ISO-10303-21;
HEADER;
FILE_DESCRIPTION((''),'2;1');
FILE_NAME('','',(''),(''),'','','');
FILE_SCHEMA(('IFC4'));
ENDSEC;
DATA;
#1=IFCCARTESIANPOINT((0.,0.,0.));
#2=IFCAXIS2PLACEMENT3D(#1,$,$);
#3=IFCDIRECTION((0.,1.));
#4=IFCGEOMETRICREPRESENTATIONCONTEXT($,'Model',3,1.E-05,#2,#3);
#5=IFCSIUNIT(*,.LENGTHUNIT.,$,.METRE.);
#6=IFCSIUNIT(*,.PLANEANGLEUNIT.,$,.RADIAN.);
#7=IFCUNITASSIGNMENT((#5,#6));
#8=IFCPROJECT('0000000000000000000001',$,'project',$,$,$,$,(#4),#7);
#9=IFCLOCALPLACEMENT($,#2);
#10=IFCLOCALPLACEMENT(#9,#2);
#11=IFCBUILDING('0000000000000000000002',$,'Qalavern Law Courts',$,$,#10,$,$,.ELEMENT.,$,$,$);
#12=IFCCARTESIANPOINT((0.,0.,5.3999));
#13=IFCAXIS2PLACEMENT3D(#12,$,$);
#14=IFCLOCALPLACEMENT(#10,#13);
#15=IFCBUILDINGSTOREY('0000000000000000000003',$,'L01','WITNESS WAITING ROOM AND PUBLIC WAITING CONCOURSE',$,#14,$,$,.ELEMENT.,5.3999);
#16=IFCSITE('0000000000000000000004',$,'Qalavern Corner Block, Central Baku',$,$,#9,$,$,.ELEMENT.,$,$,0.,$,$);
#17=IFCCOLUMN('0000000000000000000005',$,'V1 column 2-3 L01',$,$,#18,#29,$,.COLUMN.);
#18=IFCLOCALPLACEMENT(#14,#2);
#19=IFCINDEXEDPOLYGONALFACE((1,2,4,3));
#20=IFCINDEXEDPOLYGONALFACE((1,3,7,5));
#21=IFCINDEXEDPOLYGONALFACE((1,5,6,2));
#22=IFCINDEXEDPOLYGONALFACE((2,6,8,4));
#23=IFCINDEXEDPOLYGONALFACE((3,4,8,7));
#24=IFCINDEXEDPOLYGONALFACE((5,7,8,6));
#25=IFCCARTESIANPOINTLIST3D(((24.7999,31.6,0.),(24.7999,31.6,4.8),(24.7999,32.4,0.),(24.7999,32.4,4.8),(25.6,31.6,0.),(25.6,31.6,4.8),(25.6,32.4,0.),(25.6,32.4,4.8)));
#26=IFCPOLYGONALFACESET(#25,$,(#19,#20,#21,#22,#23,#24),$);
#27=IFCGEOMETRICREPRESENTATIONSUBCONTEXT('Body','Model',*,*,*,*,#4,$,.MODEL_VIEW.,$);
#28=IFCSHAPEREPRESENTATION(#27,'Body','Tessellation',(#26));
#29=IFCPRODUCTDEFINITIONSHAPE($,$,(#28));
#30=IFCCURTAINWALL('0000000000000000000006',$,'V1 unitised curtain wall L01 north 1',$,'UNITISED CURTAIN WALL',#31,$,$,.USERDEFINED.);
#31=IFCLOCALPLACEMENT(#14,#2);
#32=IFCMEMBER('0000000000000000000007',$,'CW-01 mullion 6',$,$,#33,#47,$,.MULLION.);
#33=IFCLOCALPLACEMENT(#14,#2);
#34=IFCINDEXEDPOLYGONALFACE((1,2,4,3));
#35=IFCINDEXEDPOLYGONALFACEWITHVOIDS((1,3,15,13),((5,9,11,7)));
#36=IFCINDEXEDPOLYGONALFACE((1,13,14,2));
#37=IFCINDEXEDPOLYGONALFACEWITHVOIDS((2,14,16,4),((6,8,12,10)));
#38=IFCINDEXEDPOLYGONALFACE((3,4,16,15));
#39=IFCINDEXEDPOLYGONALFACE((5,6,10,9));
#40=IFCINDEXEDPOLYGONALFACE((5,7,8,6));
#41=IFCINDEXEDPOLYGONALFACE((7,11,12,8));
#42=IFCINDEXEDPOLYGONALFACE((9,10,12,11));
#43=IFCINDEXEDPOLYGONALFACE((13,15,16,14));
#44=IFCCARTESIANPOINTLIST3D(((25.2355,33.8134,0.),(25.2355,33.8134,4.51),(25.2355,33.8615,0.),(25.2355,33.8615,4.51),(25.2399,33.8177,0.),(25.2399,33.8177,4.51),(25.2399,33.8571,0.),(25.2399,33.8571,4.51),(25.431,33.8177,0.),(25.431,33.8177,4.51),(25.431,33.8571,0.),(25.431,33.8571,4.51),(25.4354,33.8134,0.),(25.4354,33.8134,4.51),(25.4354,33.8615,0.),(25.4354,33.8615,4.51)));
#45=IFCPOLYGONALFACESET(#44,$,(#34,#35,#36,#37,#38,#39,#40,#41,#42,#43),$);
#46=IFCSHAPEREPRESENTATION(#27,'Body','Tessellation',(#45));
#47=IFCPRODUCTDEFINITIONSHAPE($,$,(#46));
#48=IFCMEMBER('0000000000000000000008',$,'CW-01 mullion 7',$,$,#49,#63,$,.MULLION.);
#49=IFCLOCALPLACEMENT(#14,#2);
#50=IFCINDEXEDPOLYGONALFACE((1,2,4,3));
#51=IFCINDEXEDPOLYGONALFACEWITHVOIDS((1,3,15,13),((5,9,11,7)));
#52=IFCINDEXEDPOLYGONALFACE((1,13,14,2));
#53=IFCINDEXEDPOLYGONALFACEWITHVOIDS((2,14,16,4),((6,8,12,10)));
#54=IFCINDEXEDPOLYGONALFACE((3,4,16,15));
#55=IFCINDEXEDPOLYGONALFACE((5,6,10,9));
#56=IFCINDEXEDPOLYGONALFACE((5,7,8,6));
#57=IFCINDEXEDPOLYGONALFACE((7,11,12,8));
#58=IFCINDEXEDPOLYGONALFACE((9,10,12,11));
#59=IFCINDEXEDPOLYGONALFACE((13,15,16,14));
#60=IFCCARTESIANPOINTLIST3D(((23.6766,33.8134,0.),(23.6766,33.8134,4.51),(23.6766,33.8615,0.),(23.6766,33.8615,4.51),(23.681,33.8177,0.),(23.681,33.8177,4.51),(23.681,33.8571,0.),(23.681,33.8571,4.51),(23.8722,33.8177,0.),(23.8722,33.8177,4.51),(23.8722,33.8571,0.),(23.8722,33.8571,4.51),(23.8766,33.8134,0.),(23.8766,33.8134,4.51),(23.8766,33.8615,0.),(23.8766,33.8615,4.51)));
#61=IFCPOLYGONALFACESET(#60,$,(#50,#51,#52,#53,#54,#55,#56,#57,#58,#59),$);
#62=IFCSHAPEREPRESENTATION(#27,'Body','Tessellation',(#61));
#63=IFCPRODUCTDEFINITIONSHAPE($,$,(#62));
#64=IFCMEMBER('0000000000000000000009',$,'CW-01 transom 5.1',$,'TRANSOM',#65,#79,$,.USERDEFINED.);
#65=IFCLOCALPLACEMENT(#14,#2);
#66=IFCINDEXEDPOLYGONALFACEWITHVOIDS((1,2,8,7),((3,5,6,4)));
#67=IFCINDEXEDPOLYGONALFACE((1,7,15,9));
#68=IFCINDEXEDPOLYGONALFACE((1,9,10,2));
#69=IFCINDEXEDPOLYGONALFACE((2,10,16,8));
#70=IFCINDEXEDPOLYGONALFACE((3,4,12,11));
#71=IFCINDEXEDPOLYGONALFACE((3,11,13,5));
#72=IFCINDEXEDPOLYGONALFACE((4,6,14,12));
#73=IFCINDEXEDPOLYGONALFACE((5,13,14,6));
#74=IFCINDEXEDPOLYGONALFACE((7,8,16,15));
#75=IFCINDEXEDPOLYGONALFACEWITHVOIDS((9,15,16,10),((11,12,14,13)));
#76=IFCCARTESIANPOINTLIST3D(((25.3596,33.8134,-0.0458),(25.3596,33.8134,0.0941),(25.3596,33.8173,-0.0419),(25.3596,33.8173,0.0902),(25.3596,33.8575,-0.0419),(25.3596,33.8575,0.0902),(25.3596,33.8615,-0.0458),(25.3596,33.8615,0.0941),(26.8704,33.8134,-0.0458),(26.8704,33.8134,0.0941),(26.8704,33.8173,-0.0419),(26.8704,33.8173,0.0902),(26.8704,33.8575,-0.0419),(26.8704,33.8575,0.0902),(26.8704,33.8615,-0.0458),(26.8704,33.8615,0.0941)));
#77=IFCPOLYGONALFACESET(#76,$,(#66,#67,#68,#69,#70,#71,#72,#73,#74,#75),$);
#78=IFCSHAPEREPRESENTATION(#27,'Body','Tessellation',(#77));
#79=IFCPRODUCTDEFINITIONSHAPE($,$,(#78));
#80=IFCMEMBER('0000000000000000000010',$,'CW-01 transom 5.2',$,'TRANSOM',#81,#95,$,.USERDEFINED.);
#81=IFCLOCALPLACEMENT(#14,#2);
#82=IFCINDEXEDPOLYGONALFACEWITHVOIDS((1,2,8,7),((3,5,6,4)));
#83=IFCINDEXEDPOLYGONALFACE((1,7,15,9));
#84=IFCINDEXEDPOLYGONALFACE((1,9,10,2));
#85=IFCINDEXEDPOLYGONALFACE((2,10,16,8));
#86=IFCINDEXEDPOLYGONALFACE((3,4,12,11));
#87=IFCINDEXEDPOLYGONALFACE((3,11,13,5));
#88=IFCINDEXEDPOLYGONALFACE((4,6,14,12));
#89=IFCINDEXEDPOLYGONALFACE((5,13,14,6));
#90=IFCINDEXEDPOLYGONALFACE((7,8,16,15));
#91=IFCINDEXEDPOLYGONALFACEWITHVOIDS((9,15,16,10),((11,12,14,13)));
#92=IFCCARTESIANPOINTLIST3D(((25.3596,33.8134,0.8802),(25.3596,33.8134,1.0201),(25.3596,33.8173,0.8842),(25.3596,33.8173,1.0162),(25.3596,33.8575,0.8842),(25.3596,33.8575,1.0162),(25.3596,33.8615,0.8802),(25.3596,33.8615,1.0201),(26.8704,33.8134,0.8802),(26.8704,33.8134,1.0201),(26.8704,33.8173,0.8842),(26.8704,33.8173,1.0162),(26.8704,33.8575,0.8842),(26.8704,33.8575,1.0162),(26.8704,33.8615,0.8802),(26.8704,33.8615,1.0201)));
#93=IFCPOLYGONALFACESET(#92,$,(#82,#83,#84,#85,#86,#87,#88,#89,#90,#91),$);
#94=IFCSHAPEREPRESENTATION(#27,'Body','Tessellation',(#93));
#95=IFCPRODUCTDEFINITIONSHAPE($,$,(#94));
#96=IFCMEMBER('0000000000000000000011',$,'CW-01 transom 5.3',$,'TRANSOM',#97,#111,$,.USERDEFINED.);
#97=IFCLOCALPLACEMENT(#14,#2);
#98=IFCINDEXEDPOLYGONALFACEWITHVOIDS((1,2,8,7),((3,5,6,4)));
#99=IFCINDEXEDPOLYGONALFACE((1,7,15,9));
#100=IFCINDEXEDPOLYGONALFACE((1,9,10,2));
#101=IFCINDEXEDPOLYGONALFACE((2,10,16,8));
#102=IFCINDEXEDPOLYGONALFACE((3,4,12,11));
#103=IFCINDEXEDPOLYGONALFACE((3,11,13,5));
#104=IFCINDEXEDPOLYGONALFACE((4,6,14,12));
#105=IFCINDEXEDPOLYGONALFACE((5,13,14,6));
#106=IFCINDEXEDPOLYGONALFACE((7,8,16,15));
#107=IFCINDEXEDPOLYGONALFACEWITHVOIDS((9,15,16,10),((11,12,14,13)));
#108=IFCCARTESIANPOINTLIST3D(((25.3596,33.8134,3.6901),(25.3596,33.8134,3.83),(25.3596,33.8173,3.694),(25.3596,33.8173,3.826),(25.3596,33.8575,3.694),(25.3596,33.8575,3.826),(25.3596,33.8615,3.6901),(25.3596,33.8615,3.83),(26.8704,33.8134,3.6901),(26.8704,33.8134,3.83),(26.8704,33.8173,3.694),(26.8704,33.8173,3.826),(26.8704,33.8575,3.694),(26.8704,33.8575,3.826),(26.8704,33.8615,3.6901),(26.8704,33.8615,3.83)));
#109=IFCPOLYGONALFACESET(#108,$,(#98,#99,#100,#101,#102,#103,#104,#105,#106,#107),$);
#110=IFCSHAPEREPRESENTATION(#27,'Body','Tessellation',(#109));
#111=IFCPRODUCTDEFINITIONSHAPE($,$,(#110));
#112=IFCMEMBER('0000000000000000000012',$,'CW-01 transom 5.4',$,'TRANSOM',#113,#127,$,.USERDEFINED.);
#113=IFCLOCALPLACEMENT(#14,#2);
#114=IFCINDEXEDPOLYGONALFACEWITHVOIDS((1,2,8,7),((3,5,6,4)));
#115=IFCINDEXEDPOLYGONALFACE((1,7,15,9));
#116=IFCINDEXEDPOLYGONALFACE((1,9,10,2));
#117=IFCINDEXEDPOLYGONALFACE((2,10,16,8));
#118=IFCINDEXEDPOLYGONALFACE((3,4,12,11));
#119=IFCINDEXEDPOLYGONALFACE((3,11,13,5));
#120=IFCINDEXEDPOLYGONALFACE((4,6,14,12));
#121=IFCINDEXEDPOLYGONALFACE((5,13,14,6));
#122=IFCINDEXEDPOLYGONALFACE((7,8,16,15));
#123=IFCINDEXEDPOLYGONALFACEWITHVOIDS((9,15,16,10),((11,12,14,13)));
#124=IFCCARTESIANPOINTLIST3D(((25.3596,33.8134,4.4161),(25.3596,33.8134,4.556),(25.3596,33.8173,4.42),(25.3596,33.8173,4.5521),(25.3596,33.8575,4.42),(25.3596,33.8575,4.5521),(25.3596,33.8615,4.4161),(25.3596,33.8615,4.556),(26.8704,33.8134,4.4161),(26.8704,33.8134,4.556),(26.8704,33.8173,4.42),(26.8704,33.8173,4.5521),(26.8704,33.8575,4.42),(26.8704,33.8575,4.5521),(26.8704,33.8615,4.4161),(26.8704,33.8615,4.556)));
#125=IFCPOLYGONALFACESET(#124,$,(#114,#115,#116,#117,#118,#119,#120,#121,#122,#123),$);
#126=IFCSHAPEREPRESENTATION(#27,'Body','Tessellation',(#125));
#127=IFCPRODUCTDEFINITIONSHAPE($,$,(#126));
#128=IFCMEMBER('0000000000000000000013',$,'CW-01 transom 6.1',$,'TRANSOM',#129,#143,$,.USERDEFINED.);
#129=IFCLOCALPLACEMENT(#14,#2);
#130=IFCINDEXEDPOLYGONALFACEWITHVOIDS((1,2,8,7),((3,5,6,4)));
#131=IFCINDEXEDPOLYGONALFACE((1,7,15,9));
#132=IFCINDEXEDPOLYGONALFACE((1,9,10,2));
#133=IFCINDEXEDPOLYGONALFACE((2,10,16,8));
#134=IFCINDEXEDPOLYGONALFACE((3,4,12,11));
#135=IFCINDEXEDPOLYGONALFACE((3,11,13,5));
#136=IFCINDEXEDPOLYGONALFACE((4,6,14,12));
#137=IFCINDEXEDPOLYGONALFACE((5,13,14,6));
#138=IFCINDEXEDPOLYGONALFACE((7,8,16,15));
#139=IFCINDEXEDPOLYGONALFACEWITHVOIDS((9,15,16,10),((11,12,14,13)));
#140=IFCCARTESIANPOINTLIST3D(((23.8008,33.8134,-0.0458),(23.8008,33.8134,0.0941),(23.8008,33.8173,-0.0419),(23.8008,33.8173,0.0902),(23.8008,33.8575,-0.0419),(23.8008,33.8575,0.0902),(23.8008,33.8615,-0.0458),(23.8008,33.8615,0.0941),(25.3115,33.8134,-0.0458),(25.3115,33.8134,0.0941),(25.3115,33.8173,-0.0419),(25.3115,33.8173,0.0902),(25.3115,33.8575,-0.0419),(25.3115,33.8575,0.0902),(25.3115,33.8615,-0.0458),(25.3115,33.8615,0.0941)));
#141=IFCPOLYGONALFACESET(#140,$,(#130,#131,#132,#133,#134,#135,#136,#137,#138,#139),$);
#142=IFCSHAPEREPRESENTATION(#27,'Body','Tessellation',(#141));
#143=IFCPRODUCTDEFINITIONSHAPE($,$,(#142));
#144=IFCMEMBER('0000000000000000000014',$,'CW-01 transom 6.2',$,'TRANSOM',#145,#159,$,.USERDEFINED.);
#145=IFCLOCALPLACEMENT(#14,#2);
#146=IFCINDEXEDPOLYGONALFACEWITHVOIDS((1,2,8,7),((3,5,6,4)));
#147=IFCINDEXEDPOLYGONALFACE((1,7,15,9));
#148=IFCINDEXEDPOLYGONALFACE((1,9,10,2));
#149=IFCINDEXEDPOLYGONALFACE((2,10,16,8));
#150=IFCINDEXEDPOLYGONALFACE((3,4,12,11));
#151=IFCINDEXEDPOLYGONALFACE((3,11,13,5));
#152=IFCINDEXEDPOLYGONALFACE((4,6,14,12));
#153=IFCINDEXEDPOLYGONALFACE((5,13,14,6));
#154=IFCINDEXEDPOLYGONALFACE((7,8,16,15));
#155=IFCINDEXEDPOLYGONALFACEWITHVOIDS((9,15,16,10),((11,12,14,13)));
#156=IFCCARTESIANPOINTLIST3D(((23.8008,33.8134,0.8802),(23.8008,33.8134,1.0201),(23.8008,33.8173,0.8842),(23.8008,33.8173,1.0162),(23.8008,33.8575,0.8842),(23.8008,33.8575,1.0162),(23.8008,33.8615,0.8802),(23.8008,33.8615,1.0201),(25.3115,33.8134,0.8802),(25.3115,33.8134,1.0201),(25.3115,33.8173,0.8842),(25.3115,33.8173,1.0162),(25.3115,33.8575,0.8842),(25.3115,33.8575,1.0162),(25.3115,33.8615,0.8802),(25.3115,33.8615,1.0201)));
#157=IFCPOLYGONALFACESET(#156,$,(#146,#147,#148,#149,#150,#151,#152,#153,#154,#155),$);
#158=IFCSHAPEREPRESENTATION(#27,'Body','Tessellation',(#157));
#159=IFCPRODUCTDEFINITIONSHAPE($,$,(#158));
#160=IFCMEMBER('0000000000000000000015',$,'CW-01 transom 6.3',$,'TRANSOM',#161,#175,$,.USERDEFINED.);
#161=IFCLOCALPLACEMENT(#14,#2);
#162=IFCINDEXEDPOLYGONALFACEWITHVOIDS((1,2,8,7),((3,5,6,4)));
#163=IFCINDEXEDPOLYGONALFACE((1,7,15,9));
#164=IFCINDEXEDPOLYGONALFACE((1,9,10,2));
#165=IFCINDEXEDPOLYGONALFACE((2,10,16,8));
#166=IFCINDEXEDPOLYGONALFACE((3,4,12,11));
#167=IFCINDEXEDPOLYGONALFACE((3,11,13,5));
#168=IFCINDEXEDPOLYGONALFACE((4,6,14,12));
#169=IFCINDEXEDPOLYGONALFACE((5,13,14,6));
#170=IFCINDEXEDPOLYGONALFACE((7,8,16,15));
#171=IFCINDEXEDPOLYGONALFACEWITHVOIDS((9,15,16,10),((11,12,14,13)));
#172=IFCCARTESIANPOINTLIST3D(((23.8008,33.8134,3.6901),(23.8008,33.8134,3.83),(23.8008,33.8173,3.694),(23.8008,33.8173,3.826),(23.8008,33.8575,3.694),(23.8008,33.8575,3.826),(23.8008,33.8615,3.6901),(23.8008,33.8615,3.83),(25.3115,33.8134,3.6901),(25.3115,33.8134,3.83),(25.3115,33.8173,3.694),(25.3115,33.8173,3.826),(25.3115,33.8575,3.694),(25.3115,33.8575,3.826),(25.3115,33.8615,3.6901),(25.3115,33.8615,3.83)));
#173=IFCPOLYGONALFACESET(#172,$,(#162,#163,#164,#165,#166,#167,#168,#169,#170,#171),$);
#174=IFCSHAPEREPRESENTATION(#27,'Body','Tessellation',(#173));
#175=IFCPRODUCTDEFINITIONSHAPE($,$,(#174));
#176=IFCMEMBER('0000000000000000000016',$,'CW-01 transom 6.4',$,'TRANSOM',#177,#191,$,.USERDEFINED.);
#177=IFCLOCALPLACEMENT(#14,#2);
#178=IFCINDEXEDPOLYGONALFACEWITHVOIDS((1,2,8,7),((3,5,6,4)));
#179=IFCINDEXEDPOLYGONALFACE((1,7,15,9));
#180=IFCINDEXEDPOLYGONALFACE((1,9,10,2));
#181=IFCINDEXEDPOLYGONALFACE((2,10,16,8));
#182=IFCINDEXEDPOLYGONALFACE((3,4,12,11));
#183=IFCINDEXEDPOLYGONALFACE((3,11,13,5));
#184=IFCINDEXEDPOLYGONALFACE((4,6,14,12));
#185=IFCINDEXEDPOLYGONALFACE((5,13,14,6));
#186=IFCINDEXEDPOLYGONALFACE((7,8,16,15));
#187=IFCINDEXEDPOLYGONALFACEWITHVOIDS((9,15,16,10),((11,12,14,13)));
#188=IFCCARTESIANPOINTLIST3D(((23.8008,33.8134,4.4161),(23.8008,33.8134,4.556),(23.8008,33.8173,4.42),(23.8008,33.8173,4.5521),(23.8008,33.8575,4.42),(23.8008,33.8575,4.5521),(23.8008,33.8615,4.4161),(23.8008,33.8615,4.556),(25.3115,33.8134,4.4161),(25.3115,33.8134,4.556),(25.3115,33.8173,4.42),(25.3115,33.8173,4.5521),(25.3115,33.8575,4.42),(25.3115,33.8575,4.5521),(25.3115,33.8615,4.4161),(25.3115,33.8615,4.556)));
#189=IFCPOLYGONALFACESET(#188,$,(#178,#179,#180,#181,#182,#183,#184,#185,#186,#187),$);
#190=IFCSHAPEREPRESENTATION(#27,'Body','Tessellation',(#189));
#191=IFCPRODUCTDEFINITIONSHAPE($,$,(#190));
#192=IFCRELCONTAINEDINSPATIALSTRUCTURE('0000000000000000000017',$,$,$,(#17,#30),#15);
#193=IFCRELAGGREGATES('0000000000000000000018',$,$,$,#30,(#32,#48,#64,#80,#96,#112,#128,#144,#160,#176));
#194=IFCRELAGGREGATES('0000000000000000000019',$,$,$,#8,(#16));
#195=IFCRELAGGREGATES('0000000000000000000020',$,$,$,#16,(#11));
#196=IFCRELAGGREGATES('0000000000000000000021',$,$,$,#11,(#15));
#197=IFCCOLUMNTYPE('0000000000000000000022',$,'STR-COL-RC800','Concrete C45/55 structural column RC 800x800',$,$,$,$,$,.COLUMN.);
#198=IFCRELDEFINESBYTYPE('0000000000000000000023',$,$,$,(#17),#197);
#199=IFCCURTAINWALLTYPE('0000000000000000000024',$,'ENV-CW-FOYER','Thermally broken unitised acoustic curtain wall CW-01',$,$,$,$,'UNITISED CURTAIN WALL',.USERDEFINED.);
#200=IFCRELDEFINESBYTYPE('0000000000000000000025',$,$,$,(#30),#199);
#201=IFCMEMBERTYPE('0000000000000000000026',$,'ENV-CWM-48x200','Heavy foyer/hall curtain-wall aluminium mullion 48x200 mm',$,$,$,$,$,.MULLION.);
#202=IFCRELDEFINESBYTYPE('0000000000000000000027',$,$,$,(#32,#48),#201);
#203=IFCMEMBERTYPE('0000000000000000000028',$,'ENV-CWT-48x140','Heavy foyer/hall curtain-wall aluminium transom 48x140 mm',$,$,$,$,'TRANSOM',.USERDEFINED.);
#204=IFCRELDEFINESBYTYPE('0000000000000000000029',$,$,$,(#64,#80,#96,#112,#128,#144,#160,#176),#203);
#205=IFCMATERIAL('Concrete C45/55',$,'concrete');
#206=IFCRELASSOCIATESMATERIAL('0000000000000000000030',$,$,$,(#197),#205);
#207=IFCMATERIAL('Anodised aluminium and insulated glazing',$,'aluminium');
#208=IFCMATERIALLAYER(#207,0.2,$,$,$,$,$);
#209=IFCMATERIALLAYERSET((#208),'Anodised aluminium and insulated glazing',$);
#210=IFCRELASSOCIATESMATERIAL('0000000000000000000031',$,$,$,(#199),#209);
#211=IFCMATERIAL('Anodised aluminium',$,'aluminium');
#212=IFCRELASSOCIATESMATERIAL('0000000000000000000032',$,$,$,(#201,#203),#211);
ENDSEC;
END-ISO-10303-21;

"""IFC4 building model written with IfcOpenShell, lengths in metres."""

from ifc_helpers import new_model, si_unit, direction, frame, origin, origin_2d, place, context, subcontext, project, spatial, rectangle, hollow_rectangle, extrude, material, layer, layer_set, material_profile, profile_set, type_object, element, aggregate, save


model = new_model("IFC4")

# Units and contexts
model_context = context("Model", 3, precision=1e-05, world=origin(), true_north=direction((0.0, 1.0)))
body_context = subcontext(model_context, "Body", "Model", "MODEL_VIEW")
ifc_project = project(units=[si_unit("LENGTHUNIT", "METRE"), si_unit("PLANEANGLEUNIT", "RADIAN")], contexts=[model_context])

# Site, building, storey
site_placement = place(None, origin())
site = spatial("IfcSite", under=ifc_project, at=site_placement, Name="Qalavern Corner Block, Central Baku", CompositionType="ELEMENT", RefElevation=0.0)
building_placement = place(site_placement, origin())
building = spatial("IfcBuilding", under=site, at=building_placement, Name="Qalavern Law Courts", CompositionType="ELEMENT")
storey_placement = place(building_placement, frame((0.0, 0.0, 5.3999)))
storey = spatial("IfcBuildingStorey", under=building, at=storey_placement, Name="L01", Description="WITNESS WAITING ROOM AND PUBLIC WAITING CONCOURSE", CompositionType="ELEMENT", Elevation=5.3999)

# Column
ifc_material_1 = material(Name="Concrete C45/55", Category="concrete")
ifc_material_profile_1 = material_profile(ifc_material_1, rectangle(XDim=0.8, YDim=0.8, at=origin_2d()), Name="RC 800x800")
ifc_profile_set_1 = profile_set([ifc_material_profile_1], Name="Concrete C45/55")
column_type = type_object("IfcColumnType", Name="STR-COL-RC800", Description="Concrete C45/55 structural column RC 800x800", PredefinedType="COLUMN", material=ifc_profile_set_1)
column_placement = place(storey_placement, frame((25.2, 32.0, 0.0), z_axis=(0.0, 0.0, 1.0), x_axis=(1.0, 0.0, 0.0)))
element("IfcColumn", 1, at=column_placement, inside=storey, type_object=column_type, Name="V1 column 2-3 L01", PredefinedType="COLUMN", context=body_context, shape_type="SweptSolid", body=[
    extrude(rectangle(XDim=0.8, YDim=0.8, at=origin_2d()), origin(), (0.0, 0.0, 1.0), 4.8),
])

# Curtain wall, members
ifc_material_2 = material(Name="Anodised aluminium and insulated glazing", Category="aluminium")
ifc_layer_1 = layer(ifc_material_2, 0.2)
ifc_layer_set_1 = layer_set([ifc_layer_1], Name="Anodised aluminium and insulated glazing")
curtain_wall_type = type_object("IfcCurtainWallType", Name="ENV-CW-FOYER", Description="Thermally broken unitised acoustic curtain wall CW-01", ElementType="UNITISED CURTAIN WALL", PredefinedType="USERDEFINED", material=ifc_layer_set_1)
curtain_wall_placement = place(storey_placement, origin())
curtain_wall = element("IfcCurtainWall", 2, at=curtain_wall_placement, inside=storey, type_object=curtain_wall_type, Name="V1 unitised curtain wall L01 north 1", ObjectType="UNITISED CURTAIN WALL", PredefinedType="USERDEFINED")
ifc_material_3 = material(Name="Anodised aluminium", Category="aluminium")
ifc_material_profile_2 = material_profile(ifc_material_3, hollow_rectangle(XDim=0.0481, YDim=0.2, WallThickness=0.0044, at=origin_2d()), Name="ALU MULLION 48x200")
ifc_profile_set_2 = profile_set([ifc_material_profile_2], Name="Anodised aluminium")
member_type_1 = type_object("IfcMemberType", Name="ENV-CWM-48x200", Description="Heavy foyer/hall curtain-wall aluminium mullion 48x200 mm", PredefinedType="MULLION", material=ifc_profile_set_2)
member_1_placement = place(storey_placement, frame((25.3354, 33.8374, 0.0), z_axis=(0.0, 0.0, 1.0), x_axis=(0.0, -1.0, 0.0)))
member_1 = element("IfcMember", 3, at=member_1_placement, type_object=member_type_1, Name="CW-01 mullion 6", PredefinedType="MULLION", context=body_context, shape_type="SweptSolid", body=[
    extrude(hollow_rectangle(XDim=0.0481, YDim=0.2, WallThickness=0.0044, at=origin_2d()), origin(), (0.0, 0.0, 1.0), 4.51),
])
member_2_placement = place(storey_placement, frame((23.7766, 33.8374, 0.0), z_axis=(0.0, 0.0, 1.0), x_axis=(0.0, -1.0, 0.0)))
member_2 = element("IfcMember", 4, at=member_2_placement, type_object=member_type_1, Name="CW-01 mullion 7", PredefinedType="MULLION", context=body_context, shape_type="SweptSolid", body=[
    extrude(hollow_rectangle(XDim=0.0481, YDim=0.2, WallThickness=0.0044, at=origin_2d()), origin(), (0.0, 0.0, 1.0), 4.51),
])
ifc_material_profile_3 = material_profile(ifc_material_3, hollow_rectangle(XDim=0.0481, YDim=0.1399, WallThickness=0.0039, at=origin_2d()), Name="ALU TRANSOM 48x140")
ifc_profile_set_3 = profile_set([ifc_material_profile_3], Name="Anodised aluminium")
member_type_2 = type_object("IfcMemberType", Name="ENV-CWT-48x140", Description="Heavy foyer/hall curtain-wall aluminium transom 48x140 mm", ElementType="TRANSOM", PredefinedType="USERDEFINED", material=ifc_profile_set_3)
member_3_placement = place(storey_placement, frame((26.8704, 33.8374, 0.0242), z_axis=(-1.0, 0.0, 0.0), x_axis=(0.0, -1.0, 0.0)))
member_3 = element("IfcMember", 5, at=member_3_placement, type_object=member_type_2, Name="CW-01 transom 5.1", ObjectType="TRANSOM", PredefinedType="USERDEFINED", context=body_context, shape_type="SweptSolid", body=[
    extrude(hollow_rectangle(XDim=0.0481, YDim=0.1399, WallThickness=0.0039, at=origin_2d()), origin(), (0.0, 0.0, 1.0), 1.5107),
])
member_4_placement = place(storey_placement, frame((26.8704, 33.8374, 0.9502), z_axis=(-1.0, 0.0, 0.0), x_axis=(0.0, -1.0, 0.0)))
member_4 = element("IfcMember", 6, at=member_4_placement, type_object=member_type_2, Name="CW-01 transom 5.2", ObjectType="TRANSOM", PredefinedType="USERDEFINED", context=body_context, shape_type="SweptSolid", body=[
    extrude(hollow_rectangle(XDim=0.0481, YDim=0.1399, WallThickness=0.0039, at=origin_2d()), origin(), (0.0, 0.0, 1.0), 1.5107),
])
member_5_placement = place(storey_placement, frame((26.8704, 33.8374, 3.76), z_axis=(-1.0, 0.0, 0.0), x_axis=(0.0, -1.0, 0.0)))
member_5 = element("IfcMember", 7, at=member_5_placement, type_object=member_type_2, Name="CW-01 transom 5.3", ObjectType="TRANSOM", PredefinedType="USERDEFINED", context=body_context, shape_type="SweptSolid", body=[
    extrude(hollow_rectangle(XDim=0.0481, YDim=0.1399, WallThickness=0.0039, at=origin_2d()), origin(), (0.0, 0.0, 1.0), 1.5107),
])
member_6_placement = place(storey_placement, frame((26.8704, 33.8374, 4.4861), z_axis=(-1.0, 0.0, 0.0), x_axis=(0.0, -1.0, 0.0)))
member_6 = element("IfcMember", 8, at=member_6_placement, type_object=member_type_2, Name="CW-01 transom 5.4", ObjectType="TRANSOM", PredefinedType="USERDEFINED", context=body_context, shape_type="SweptSolid", body=[
    extrude(hollow_rectangle(XDim=0.0481, YDim=0.1399, WallThickness=0.0039, at=origin_2d()), origin(), (0.0, 0.0, 1.0), 1.5107),
])
member_7_placement = place(storey_placement, frame((25.3115, 33.8374, 0.0242), z_axis=(-1.0, 0.0, 0.0), x_axis=(0.0, -1.0, 0.0)))
member_7 = element("IfcMember", 9, at=member_7_placement, type_object=member_type_2, Name="CW-01 transom 6.1", ObjectType="TRANSOM", PredefinedType="USERDEFINED", context=body_context, shape_type="SweptSolid", body=[
    extrude(hollow_rectangle(XDim=0.0481, YDim=0.1399, WallThickness=0.0039, at=origin_2d()), origin(), (0.0, 0.0, 1.0), 1.5107),
])
member_8_placement = place(storey_placement, frame((25.3115, 33.8374, 0.9502), z_axis=(-1.0, 0.0, 0.0), x_axis=(0.0, -1.0, 0.0)))
member_8 = element("IfcMember", 10, at=member_8_placement, type_object=member_type_2, Name="CW-01 transom 6.2", ObjectType="TRANSOM", PredefinedType="USERDEFINED", context=body_context, shape_type="SweptSolid", body=[
    extrude(hollow_rectangle(XDim=0.0481, YDim=0.1399, WallThickness=0.0039, at=origin_2d()), origin(), (0.0, 0.0, 1.0), 1.5107),
])
member_9_placement = place(storey_placement, frame((25.3115, 33.8374, 3.76), z_axis=(-1.0, 0.0, 0.0), x_axis=(0.0, -1.0, 0.0)))
member_9 = element("IfcMember", 11, at=member_9_placement, type_object=member_type_2, Name="CW-01 transom 6.3", ObjectType="TRANSOM", PredefinedType="USERDEFINED", context=body_context, shape_type="SweptSolid", body=[
    extrude(hollow_rectangle(XDim=0.0481, YDim=0.1399, WallThickness=0.0039, at=origin_2d()), origin(), (0.0, 0.0, 1.0), 1.5107),
])
member_10_placement = place(storey_placement, frame((25.3115, 33.8374, 4.4861), z_axis=(-1.0, 0.0, 0.0), x_axis=(0.0, -1.0, 0.0)))
member_10 = element("IfcMember", 12, at=member_10_placement, type_object=member_type_2, Name="CW-01 transom 6.4", ObjectType="TRANSOM", PredefinedType="USERDEFINED", context=body_context, shape_type="SweptSolid", body=[
    extrude(hollow_rectangle(XDim=0.0481, YDim=0.1399, WallThickness=0.0039, at=origin_2d()), origin(), (0.0, 0.0, 1.0), 1.5107),
])

aggregate(curtain_wall, [member_1, member_2, member_3, member_4, member_5, member_6, member_7, member_8, member_9, member_10])

save(model, "model.ifc")
